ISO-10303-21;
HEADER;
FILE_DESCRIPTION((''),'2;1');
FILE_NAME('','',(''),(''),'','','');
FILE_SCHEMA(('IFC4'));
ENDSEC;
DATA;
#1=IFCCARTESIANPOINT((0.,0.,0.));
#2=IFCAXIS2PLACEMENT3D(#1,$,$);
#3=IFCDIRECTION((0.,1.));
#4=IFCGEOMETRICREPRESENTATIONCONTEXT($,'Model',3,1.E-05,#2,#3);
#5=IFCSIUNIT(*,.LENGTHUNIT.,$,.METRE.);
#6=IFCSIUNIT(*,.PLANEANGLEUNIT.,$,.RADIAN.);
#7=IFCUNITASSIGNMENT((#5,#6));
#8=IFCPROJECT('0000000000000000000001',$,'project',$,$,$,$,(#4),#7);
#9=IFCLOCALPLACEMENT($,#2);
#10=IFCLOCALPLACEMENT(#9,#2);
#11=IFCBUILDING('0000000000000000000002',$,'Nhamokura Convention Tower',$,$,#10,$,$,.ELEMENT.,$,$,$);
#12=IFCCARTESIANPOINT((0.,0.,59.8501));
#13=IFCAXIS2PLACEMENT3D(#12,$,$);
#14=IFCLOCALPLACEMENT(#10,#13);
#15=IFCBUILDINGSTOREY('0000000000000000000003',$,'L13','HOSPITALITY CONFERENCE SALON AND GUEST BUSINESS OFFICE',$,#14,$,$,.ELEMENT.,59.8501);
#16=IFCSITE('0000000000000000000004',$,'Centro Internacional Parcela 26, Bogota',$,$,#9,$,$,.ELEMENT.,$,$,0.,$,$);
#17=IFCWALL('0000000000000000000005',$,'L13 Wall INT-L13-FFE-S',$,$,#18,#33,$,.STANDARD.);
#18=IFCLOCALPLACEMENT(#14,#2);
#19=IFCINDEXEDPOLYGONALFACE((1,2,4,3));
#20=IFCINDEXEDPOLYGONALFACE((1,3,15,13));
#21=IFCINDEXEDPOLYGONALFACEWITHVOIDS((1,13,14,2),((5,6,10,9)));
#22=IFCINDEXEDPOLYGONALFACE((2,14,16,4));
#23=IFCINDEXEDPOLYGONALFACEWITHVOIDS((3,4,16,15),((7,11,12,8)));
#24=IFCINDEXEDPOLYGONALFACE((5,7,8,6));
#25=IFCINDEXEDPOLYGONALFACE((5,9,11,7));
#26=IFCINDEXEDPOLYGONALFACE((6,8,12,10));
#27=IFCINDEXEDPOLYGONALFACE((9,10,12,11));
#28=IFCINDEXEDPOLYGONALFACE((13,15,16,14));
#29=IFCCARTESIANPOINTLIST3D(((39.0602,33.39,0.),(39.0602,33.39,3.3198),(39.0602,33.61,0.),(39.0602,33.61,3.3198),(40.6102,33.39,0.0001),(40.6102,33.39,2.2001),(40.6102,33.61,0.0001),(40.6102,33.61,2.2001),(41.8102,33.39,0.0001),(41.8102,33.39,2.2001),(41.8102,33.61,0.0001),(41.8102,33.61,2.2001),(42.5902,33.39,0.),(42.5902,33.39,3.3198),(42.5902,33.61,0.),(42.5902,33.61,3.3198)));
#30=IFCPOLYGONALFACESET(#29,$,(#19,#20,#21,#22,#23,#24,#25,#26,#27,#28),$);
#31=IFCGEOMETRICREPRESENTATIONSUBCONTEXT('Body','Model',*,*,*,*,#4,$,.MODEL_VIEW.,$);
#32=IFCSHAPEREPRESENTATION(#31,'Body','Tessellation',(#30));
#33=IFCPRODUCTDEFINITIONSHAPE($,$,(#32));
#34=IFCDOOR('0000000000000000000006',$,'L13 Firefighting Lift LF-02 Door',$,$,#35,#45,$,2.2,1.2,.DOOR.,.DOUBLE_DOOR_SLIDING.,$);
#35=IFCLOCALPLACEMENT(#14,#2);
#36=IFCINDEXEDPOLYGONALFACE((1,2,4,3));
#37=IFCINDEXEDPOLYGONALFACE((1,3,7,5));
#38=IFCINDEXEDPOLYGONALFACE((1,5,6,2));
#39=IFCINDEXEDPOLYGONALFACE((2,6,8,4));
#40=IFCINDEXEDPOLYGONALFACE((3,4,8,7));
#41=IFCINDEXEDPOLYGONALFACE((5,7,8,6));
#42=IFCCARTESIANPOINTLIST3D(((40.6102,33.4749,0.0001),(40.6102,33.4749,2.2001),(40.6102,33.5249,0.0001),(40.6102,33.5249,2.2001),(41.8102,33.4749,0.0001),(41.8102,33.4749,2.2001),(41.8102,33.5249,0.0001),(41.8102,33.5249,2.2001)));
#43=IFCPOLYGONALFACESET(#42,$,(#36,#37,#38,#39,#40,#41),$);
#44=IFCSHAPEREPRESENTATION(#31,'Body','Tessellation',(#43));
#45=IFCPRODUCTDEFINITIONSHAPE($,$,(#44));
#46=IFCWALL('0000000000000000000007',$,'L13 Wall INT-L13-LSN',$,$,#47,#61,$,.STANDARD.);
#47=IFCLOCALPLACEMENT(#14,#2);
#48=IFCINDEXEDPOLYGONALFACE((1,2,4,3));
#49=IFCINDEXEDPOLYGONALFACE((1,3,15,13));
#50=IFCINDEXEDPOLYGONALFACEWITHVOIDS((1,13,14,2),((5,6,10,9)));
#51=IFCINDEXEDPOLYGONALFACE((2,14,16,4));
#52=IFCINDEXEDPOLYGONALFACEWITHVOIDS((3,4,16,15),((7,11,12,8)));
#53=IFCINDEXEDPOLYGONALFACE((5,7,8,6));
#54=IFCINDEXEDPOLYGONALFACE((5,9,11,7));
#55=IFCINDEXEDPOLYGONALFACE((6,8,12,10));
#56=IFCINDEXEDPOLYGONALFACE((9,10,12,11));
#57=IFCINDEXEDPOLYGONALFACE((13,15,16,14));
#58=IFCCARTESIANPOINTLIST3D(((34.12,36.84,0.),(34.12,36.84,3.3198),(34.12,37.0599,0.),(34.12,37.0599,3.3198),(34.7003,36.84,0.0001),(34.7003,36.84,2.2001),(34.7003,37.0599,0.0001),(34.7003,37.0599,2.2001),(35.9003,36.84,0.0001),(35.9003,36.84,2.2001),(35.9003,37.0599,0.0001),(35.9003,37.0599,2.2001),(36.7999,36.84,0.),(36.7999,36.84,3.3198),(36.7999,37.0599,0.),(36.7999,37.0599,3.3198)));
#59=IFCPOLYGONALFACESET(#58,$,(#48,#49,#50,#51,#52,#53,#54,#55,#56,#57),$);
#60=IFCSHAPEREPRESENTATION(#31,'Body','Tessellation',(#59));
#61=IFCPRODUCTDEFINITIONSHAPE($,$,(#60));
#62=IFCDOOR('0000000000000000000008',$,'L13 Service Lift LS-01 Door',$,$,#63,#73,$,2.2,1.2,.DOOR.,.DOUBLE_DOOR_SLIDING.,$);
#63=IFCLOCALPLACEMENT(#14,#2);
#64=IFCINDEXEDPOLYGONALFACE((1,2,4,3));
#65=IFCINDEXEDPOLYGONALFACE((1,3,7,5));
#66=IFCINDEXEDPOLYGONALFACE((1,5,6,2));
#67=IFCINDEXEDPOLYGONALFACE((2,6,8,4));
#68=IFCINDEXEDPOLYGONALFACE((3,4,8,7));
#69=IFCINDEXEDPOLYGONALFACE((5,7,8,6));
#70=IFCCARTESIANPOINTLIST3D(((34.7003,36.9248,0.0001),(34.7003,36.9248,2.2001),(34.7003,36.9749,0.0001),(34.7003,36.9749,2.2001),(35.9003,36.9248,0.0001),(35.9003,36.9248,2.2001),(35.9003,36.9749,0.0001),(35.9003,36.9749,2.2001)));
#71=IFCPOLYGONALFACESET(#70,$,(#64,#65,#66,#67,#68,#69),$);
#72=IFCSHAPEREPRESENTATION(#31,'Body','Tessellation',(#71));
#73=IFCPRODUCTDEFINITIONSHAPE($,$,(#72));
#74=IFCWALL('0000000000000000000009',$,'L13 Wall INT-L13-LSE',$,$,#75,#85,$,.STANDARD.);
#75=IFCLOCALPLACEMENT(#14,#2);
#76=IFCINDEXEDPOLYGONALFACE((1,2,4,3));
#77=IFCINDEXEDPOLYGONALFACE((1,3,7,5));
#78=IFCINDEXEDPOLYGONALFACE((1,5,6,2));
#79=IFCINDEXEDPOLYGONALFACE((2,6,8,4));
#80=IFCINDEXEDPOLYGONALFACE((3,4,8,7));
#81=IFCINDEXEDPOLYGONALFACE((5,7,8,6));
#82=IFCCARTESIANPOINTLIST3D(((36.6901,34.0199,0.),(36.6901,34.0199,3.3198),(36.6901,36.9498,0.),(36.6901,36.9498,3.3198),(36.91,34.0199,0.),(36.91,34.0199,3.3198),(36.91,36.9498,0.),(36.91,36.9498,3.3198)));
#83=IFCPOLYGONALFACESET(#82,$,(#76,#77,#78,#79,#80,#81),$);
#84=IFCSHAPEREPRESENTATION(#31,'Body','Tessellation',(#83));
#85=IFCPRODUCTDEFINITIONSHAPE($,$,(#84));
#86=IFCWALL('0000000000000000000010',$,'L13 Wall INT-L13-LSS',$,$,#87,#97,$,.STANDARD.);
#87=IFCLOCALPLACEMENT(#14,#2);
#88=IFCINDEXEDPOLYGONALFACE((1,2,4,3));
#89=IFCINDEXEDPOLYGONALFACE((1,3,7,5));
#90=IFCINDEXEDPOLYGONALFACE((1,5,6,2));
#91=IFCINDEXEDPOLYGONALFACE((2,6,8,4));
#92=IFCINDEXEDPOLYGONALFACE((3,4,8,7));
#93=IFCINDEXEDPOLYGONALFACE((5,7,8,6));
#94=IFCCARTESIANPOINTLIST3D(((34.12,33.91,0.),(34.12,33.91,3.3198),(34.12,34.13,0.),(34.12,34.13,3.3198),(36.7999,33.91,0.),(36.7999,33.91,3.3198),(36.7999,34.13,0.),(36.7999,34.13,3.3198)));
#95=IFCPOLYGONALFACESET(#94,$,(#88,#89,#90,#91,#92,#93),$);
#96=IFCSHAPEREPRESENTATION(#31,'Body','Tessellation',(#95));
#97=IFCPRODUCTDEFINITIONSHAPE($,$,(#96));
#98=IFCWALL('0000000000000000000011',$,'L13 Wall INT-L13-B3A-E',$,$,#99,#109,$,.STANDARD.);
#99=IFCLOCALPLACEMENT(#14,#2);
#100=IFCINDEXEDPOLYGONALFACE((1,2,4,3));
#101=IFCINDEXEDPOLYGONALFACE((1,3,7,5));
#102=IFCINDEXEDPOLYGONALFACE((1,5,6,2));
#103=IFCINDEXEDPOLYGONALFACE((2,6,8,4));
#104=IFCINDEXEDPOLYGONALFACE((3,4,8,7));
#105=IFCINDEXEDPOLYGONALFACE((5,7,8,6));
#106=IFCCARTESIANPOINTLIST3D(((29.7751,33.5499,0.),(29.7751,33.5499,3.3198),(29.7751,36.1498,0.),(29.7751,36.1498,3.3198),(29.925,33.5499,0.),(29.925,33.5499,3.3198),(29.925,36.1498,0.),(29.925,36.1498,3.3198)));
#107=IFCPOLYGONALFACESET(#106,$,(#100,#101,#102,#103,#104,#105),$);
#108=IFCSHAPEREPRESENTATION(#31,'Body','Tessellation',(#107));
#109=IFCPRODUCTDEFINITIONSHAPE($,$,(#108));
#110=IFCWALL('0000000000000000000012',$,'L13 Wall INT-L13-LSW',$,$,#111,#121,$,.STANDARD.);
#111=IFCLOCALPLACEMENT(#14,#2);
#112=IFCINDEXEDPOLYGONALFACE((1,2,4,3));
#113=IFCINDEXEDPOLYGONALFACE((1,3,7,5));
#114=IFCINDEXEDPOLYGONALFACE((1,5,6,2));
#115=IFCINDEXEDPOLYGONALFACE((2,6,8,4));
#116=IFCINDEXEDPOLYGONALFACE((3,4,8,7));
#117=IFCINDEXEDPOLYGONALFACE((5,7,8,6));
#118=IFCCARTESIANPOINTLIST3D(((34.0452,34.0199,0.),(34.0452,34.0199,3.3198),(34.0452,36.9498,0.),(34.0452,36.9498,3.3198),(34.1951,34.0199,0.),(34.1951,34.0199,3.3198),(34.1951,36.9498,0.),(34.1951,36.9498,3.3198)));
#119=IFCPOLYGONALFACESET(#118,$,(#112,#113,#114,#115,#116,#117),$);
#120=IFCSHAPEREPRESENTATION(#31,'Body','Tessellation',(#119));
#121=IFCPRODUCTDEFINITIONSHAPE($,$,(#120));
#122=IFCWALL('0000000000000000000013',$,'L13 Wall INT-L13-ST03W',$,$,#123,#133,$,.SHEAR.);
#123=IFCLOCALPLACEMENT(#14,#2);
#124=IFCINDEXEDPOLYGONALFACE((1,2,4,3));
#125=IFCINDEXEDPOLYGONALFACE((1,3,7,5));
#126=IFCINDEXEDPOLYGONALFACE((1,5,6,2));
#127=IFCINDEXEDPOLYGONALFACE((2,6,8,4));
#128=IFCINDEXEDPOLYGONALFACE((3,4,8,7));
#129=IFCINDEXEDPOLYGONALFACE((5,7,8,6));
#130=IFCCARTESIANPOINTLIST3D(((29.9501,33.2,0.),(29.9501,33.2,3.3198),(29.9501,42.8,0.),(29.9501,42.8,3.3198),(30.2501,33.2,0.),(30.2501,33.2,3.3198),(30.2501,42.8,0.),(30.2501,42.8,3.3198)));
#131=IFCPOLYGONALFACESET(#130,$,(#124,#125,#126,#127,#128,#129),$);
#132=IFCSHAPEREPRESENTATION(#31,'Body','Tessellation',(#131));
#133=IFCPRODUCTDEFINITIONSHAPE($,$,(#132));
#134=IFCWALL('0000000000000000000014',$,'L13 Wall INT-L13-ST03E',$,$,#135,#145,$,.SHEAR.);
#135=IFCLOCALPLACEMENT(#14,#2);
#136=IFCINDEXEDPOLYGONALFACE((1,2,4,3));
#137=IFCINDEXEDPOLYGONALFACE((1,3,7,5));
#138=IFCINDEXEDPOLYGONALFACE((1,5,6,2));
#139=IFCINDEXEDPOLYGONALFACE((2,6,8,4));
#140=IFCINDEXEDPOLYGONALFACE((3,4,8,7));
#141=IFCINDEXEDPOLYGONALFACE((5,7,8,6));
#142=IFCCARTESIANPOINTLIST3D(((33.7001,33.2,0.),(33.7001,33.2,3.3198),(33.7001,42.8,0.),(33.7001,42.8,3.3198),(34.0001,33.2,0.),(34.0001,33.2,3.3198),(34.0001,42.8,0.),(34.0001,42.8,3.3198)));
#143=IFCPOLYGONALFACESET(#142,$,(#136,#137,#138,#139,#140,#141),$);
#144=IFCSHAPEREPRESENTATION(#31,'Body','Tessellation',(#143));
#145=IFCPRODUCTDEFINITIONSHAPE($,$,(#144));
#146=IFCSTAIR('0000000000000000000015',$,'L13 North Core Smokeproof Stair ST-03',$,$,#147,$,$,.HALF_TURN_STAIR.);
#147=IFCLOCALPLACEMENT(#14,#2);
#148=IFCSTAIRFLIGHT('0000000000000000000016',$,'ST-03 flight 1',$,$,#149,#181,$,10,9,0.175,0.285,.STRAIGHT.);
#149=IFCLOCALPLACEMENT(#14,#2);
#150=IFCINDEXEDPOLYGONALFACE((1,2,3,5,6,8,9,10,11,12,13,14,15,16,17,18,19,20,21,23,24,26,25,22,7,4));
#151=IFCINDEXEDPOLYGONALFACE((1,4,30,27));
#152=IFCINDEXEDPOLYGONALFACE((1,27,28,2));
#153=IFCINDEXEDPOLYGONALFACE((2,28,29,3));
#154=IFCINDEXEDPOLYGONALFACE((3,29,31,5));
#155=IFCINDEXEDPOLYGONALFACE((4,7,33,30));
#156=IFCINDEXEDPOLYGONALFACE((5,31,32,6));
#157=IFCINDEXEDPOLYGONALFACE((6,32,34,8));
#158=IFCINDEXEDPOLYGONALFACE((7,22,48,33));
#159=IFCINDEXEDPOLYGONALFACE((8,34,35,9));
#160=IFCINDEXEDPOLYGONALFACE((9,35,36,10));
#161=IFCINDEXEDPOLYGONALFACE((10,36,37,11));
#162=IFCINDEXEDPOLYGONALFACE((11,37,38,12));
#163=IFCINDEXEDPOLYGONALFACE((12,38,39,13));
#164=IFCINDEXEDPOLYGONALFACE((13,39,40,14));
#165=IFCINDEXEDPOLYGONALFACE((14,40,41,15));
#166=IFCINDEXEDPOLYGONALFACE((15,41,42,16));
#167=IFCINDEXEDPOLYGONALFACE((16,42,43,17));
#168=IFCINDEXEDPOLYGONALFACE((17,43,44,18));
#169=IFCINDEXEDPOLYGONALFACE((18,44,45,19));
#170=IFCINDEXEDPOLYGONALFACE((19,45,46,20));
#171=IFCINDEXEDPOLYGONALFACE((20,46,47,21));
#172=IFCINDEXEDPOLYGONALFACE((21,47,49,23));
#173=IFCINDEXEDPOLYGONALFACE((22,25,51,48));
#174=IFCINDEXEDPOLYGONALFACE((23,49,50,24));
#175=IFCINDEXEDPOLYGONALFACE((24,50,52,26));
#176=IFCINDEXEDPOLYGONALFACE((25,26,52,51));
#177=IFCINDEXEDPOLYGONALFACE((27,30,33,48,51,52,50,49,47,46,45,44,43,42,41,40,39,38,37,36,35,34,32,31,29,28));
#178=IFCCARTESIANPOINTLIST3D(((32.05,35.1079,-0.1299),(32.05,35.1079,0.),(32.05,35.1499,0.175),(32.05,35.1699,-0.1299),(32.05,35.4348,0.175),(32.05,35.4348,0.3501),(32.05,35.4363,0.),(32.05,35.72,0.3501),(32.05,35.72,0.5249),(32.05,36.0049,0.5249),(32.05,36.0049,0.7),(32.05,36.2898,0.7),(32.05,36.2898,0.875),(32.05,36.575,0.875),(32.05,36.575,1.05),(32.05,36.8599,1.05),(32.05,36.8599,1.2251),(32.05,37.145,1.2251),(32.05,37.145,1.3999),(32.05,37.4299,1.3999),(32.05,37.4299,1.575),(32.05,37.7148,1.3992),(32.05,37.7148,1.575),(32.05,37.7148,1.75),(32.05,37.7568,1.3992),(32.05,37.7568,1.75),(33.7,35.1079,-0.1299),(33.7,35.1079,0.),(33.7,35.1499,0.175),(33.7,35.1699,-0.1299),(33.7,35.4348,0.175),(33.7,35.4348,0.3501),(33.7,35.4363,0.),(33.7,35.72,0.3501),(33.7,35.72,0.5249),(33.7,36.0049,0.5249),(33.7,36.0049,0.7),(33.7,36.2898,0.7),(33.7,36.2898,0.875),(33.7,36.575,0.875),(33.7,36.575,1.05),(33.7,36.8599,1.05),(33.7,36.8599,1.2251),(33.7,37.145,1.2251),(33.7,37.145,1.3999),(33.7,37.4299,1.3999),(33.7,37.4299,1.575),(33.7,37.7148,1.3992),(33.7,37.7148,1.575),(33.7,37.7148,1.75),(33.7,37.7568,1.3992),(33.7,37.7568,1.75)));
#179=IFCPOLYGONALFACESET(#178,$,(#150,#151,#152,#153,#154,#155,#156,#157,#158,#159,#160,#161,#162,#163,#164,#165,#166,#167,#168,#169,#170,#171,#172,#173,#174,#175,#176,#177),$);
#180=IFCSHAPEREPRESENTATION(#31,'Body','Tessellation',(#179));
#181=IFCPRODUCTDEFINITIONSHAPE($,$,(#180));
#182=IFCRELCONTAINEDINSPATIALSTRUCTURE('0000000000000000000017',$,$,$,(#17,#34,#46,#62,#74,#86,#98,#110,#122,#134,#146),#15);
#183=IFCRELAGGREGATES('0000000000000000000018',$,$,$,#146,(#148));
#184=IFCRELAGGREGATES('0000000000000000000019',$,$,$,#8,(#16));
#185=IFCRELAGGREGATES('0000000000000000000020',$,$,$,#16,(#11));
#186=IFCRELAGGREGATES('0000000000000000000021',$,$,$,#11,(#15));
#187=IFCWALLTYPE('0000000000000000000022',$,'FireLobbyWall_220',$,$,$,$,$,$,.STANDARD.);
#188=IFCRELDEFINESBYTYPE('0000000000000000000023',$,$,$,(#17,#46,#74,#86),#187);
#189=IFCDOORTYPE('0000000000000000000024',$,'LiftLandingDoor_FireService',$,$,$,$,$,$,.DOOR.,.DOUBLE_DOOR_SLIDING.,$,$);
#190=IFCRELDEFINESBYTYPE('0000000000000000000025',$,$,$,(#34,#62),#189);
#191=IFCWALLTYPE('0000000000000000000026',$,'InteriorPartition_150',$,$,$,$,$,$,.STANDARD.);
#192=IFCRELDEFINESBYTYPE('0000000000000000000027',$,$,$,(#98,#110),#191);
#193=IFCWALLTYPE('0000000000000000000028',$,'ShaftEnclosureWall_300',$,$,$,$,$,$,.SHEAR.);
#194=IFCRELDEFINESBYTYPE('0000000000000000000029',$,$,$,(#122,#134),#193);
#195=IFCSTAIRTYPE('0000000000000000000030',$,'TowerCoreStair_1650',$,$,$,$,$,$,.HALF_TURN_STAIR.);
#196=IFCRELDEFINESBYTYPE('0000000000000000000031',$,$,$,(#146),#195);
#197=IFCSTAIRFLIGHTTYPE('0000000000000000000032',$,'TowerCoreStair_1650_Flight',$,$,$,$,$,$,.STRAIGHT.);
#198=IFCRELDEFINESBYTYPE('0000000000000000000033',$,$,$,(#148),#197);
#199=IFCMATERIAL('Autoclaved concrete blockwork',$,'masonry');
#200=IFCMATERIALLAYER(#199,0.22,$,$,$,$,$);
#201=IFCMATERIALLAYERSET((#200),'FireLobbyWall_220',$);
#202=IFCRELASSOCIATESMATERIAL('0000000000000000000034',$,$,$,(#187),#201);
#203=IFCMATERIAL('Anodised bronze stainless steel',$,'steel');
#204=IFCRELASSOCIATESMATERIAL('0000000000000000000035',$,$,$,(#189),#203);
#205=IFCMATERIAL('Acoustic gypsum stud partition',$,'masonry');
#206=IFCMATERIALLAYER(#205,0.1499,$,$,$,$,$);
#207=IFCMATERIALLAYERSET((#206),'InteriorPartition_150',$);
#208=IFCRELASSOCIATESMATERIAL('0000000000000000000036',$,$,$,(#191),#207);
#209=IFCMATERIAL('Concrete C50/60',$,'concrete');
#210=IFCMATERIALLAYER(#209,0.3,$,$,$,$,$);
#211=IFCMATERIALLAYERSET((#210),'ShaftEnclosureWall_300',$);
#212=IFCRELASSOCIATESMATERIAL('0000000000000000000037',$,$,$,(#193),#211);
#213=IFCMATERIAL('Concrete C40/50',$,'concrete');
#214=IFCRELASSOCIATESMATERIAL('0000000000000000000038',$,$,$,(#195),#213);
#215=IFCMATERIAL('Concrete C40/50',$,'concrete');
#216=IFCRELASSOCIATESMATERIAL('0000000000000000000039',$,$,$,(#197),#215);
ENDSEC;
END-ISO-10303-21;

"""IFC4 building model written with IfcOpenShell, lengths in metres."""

from ifc_helpers import new_model, si_unit, direction, frame, frame_2d, origin, place, context, subcontext, project, spatial, polyline, rectangle, outline, extrude, material, layer, layer_set, type_object, element, fill, aggregate, save


model = new_model("IFC4")

# Units and contexts
model_context = context("Model", 3, precision=1e-05, world=origin(), true_north=direction((0.0, 1.0)))
body_context = subcontext(model_context, "Body", "Model", "MODEL_VIEW")
ifc_project = project(units=[si_unit("LENGTHUNIT", "METRE"), si_unit("PLANEANGLEUNIT", "RADIAN")], contexts=[model_context])

# Site, building, storey
site_placement = place(None, origin())
site = spatial("IfcSite", under=ifc_project, at=site_placement, Name="Centro Internacional Parcela 26, Bogota", CompositionType="ELEMENT", RefElevation=0.0)
building_placement = place(site_placement, origin())
building = spatial("IfcBuilding", under=site, at=building_placement, Name="Nhamokura Convention Tower", CompositionType="ELEMENT")
storey_placement = place(building_placement, frame((0.0, 0.0, 59.8501)))
storey = spatial("IfcBuildingStorey", under=building, at=storey_placement, Name="L13", Description="HOSPITALITY CONFERENCE SALON AND GUEST BUSINESS OFFICE", CompositionType="ELEMENT", Elevation=59.8501)

# Walls, openings, doors
ifc_material_1 = material(Name="Autoclaved concrete blockwork", Category="masonry")
ifc_layer_1 = layer(ifc_material_1, 0.22)
ifc_layer_set_1 = layer_set([ifc_layer_1], Name="FireLobbyWall_220")
wall_type_1 = type_object("IfcWallType", Name="FireLobbyWall_220", PredefinedType="STANDARD", material=ifc_layer_set_1)
wall_1_placement = place(storey_placement, frame((39.0601, 33.5, 0.0), z_axis=(0.0, 0.0, 1.0), x_axis=(1.0, 0.0, 0.0)))
wall_1 = element("IfcWall", 1, at=wall_1_placement, inside=storey, type_object=wall_type_1, Name="L13 Wall INT-L13-FFE-S", PredefinedType="STANDARD", context=body_context, shape_type="SweptSolid", body=[
    extrude(rectangle(XDim=3.53, YDim=0.22, at=frame_2d((1.7651, 0.0))), origin(), (0.0, 0.0, 1.0), 3.3198),
])
opening_1_placement = place(wall_1_placement, frame((1.55, 0.0, 0.0)))
opening_1 = element("IfcOpeningElement", 2, at=opening_1_placement, cuts=wall_1, PredefinedType="OPENING", context=body_context, shape_type="SweptSolid", body=[
    extrude(rectangle(XDim=1.2, YDim=2.2, at=frame_2d((0.6001, 1.1001))), frame((0.0, 0.1199, 0.0), z_axis=(0.0, -1.0, 0.0), x_axis=(1.0, 0.0, 0.0)), (0.0, 0.0, 1.0), 0.24),
])
ifc_material_2 = material(Name="Anodised bronze stainless steel", Category="steel")
door_type_1 = type_object("IfcDoorType", Name="LiftLandingDoor_FireService", OperationType="DOUBLE_DOOR_SLIDING", PredefinedType="DOOR", material=ifc_material_2)
door_1_placement = place(opening_1_placement, origin())
door_1 = element("IfcDoor", 3, at=door_1_placement, inside=storey, type_object=door_type_1, Name="L13 Firefighting Lift LF-02 Door", OperationType="DOUBLE_DOOR_SLIDING", OverallHeight=2.2, OverallWidth=1.2, PredefinedType="DOOR", context=body_context, shape_type="SweptSolid", body=[
    extrude(rectangle(XDim=1.2, YDim=2.2, at=frame_2d((0.6001, 1.1001))), frame((0.0, 0.0249, 0.0), z_axis=(0.0, -1.0, 0.0), x_axis=(1.0, 0.0, 0.0)), (0.0, 0.0, 1.0), 0.05),
])
fill(opening_1, door_1)
wall_2_placement = place(storey_placement, frame((34.1201, 36.95, 0.0), z_axis=(0.0, 0.0, 1.0), x_axis=(1.0, 0.0, 0.0)))
wall_2 = element("IfcWall", 4, at=wall_2_placement, inside=storey, type_object=wall_type_1, Name="L13 Wall INT-L13-LSN", PredefinedType="STANDARD", context=body_context, shape_type="SweptSolid", body=[
    extrude(rectangle(XDim=2.6799, YDim=0.22, at=frame_2d((1.3398, 0.0))), origin(), (0.0, 0.0, 1.0), 3.3198),
])
opening_2_placement = place(wall_2_placement, frame((0.5801, 0.0, 0.0)))
opening_2 = element("IfcOpeningElement", 5, at=opening_2_placement, cuts=wall_2, PredefinedType="OPENING", context=body_context, shape_type="SweptSolid", body=[
    extrude(rectangle(XDim=1.2, YDim=2.2, at=frame_2d((0.6001, 1.1001))), frame((0.0, 0.1199, 0.0), z_axis=(0.0, -1.0, 0.0), x_axis=(1.0, 0.0, 0.0)), (0.0, 0.0, 1.0), 0.24),
])
door_2_placement = place(opening_2_placement, origin())
door_2 = element("IfcDoor", 6, at=door_2_placement, inside=storey, type_object=door_type_1, Name="L13 Service Lift LS-01 Door", OperationType="DOUBLE_DOOR_SLIDING", OverallHeight=2.2, OverallWidth=1.2, PredefinedType="DOOR", context=body_context, shape_type="SweptSolid", body=[
    extrude(rectangle(XDim=1.2, YDim=2.2, at=frame_2d((0.6001, 1.1001))), frame((0.0, 0.0249, 0.0), z_axis=(0.0, -1.0, 0.0), x_axis=(1.0, 0.0, 0.0)), (0.0, 0.0, 1.0), 0.05),
])
fill(opening_2, door_2)

# Walls
wall_3_placement = place(storey_placement, frame((36.8, 34.02, 0.0), z_axis=(0.0, 0.0, 1.0), x_axis=(0.0, 1.0, 0.0)))
element("IfcWall", 7, at=wall_3_placement, inside=storey, type_object=wall_type_1, Name="L13 Wall INT-L13-LSE", PredefinedType="STANDARD", context=body_context, shape_type="SweptSolid", body=[
    extrude(rectangle(XDim=2.9299, YDim=0.22, at=frame_2d((1.4648, 0.0))), origin(), (0.0, 0.0, 1.0), 3.3198),
])
wall_4_placement = place(storey_placement, frame((34.1201, 34.02, 0.0), z_axis=(0.0, 0.0, 1.0), x_axis=(1.0, 0.0, 0.0)))
element("IfcWall", 8, at=wall_4_placement, inside=storey, type_object=wall_type_1, Name="L13 Wall INT-L13-LSS", PredefinedType="STANDARD", context=body_context, shape_type="SweptSolid", body=[
    extrude(rectangle(XDim=2.6799, YDim=0.22, at=frame_2d((1.3398, 0.0))), origin(), (0.0, 0.0, 1.0), 3.3198),
])
ifc_material_3 = material(Name="Acoustic gypsum stud partition", Category="masonry")
ifc_layer_2 = layer(ifc_material_3, 0.1499)
ifc_layer_set_2 = layer_set([ifc_layer_2], Name="InteriorPartition_150")
wall_type_2 = type_object("IfcWallType", Name="InteriorPartition_150", PredefinedType="STANDARD", material=ifc_layer_set_2)
wall_5_placement = place(storey_placement, frame((29.8501, 33.55, 0.0), z_axis=(0.0, 0.0, 1.0), x_axis=(0.0, 1.0, 0.0)))
element("IfcWall", 9, at=wall_5_placement, inside=storey, type_object=wall_type_2, Name="L13 Wall INT-L13-B3A-E", PredefinedType="STANDARD", context=body_context, shape_type="SweptSolid", body=[
    extrude(rectangle(XDim=2.5999, YDim=0.1499, at=frame_2d((1.2998, 0.0))), origin(), (0.0, 0.0, 1.0), 3.3198),
])
wall_6_placement = place(storey_placement, frame((34.1201, 34.02, 0.0), z_axis=(0.0, 0.0, 1.0), x_axis=(0.0, 1.0, 0.0)))
element("IfcWall", 10, at=wall_6_placement, inside=storey, type_object=wall_type_2, Name="L13 Wall INT-L13-LSW", PredefinedType="STANDARD", context=body_context, shape_type="SweptSolid", body=[
    extrude(rectangle(XDim=2.9299, YDim=0.1499, at=frame_2d((1.4648, 0.0))), origin(), (0.0, 0.0, 1.0), 3.3198),
])
ifc_material_4 = material(Name="Concrete C50/60", Category="concrete")
ifc_layer_3 = layer(ifc_material_4, 0.3)
ifc_layer_set_3 = layer_set([ifc_layer_3], Name="ShaftEnclosureWall_300")
wall_type_3 = type_object("IfcWallType", Name="ShaftEnclosureWall_300", PredefinedType="SHEAR", material=ifc_layer_set_3)
for number, where, z_axis, x_axis, name in (
    (11, (30.1001, 33.2, 0.0), (0.0, 0.0, 1.0), (0.0, 1.0, 0.0), "L13 Wall INT-L13-ST03W"),
    (12, (33.8501, 33.2, 0.0), (0.0, 0.0, 1.0), (0.0, 1.0, 0.0), "L13 Wall INT-L13-ST03E"),
):
    element("IfcWall", number, at=place(storey_placement, frame(where, z_axis=z_axis, x_axis=x_axis)), inside=storey, type_object=wall_type_3, Name=name, PredefinedType="SHEAR", context=body_context, shape_type="SweptSolid", body=[
        extrude(rectangle(XDim=9.6001, YDim=0.3, at=frame_2d((4.8, 0.0))), origin(), (0.0, 0.0, 1.0), 3.3198),
    ])

# Stair, stair flight
ifc_material_5 = material(Name="Concrete C40/50", Category="concrete")
stair_type = type_object("IfcStairType", Name="TowerCoreStair_1650", PredefinedType="HALF_TURN_STAIR", material=ifc_material_5)
stair_placement = place(storey_placement, origin())
stair = element("IfcStair", 13, at=stair_placement, inside=storey, type_object=stair_type, Name="L13 North Core Smokeproof Stair ST-03", PredefinedType="HALF_TURN_STAIR")
ifc_material_6 = material(Name="Concrete C40/50", Category="concrete")
stair_flight_type = type_object("IfcStairFlightType", Name="TowerCoreStair_1650_Flight", PredefinedType="STRAIGHT", material=ifc_material_6)
stair_flight_1_placement = place(storey_placement, frame((32.875, 35.1499, 0.0), z_axis=(0.0, 0.0, 1.0), x_axis=(0.0, 1.0, 0.0)))
stair_flight_1 = element("IfcStairFlight", 14, at=stair_flight_1_placement, type_object=stair_flight_type, Name="ST-03 flight 1", NumberOfRisers=10, NumberOfTreads=9, PredefinedType="STRAIGHT", RiserHeight=0.175, TreadLength=0.285, context=body_context, shape_type="SweptSolid", body=[
    extrude(outline(polyline([(-0.042, 0.0), (0.0, 0.175), (0.2849, 0.175), (0.2849, 0.3501), (0.5701, 0.3501), (0.5701, 0.5249), (0.855, 0.5249), (0.855, 0.7), (1.1399, 0.7), (1.1399, 0.875), (1.425, 0.875), (1.425, 1.05), (1.71, 1.05), (1.71, 1.2251), (1.9951, 1.2251), (1.9951, 1.3999), (2.28, 1.3999), (2.28, 1.575), (2.5649, 1.575), (2.5649, 1.75), (2.6069, 1.75), (2.6069, 1.3992), (2.5649, 1.3992), (0.2864, 0.0), (0.02, -0.1299), (-0.042, -0.1299), (-0.042, 0.0)])), frame((0.0, 0.825, 0.0), z_axis=(0.0, -1.0, 0.0), x_axis=(1.0, 0.0, 0.0)), (0.0, 0.0, 1.0), 1.6499),
])
aggregate(stair, [stair_flight_1])

save(model, "model.ifc")
